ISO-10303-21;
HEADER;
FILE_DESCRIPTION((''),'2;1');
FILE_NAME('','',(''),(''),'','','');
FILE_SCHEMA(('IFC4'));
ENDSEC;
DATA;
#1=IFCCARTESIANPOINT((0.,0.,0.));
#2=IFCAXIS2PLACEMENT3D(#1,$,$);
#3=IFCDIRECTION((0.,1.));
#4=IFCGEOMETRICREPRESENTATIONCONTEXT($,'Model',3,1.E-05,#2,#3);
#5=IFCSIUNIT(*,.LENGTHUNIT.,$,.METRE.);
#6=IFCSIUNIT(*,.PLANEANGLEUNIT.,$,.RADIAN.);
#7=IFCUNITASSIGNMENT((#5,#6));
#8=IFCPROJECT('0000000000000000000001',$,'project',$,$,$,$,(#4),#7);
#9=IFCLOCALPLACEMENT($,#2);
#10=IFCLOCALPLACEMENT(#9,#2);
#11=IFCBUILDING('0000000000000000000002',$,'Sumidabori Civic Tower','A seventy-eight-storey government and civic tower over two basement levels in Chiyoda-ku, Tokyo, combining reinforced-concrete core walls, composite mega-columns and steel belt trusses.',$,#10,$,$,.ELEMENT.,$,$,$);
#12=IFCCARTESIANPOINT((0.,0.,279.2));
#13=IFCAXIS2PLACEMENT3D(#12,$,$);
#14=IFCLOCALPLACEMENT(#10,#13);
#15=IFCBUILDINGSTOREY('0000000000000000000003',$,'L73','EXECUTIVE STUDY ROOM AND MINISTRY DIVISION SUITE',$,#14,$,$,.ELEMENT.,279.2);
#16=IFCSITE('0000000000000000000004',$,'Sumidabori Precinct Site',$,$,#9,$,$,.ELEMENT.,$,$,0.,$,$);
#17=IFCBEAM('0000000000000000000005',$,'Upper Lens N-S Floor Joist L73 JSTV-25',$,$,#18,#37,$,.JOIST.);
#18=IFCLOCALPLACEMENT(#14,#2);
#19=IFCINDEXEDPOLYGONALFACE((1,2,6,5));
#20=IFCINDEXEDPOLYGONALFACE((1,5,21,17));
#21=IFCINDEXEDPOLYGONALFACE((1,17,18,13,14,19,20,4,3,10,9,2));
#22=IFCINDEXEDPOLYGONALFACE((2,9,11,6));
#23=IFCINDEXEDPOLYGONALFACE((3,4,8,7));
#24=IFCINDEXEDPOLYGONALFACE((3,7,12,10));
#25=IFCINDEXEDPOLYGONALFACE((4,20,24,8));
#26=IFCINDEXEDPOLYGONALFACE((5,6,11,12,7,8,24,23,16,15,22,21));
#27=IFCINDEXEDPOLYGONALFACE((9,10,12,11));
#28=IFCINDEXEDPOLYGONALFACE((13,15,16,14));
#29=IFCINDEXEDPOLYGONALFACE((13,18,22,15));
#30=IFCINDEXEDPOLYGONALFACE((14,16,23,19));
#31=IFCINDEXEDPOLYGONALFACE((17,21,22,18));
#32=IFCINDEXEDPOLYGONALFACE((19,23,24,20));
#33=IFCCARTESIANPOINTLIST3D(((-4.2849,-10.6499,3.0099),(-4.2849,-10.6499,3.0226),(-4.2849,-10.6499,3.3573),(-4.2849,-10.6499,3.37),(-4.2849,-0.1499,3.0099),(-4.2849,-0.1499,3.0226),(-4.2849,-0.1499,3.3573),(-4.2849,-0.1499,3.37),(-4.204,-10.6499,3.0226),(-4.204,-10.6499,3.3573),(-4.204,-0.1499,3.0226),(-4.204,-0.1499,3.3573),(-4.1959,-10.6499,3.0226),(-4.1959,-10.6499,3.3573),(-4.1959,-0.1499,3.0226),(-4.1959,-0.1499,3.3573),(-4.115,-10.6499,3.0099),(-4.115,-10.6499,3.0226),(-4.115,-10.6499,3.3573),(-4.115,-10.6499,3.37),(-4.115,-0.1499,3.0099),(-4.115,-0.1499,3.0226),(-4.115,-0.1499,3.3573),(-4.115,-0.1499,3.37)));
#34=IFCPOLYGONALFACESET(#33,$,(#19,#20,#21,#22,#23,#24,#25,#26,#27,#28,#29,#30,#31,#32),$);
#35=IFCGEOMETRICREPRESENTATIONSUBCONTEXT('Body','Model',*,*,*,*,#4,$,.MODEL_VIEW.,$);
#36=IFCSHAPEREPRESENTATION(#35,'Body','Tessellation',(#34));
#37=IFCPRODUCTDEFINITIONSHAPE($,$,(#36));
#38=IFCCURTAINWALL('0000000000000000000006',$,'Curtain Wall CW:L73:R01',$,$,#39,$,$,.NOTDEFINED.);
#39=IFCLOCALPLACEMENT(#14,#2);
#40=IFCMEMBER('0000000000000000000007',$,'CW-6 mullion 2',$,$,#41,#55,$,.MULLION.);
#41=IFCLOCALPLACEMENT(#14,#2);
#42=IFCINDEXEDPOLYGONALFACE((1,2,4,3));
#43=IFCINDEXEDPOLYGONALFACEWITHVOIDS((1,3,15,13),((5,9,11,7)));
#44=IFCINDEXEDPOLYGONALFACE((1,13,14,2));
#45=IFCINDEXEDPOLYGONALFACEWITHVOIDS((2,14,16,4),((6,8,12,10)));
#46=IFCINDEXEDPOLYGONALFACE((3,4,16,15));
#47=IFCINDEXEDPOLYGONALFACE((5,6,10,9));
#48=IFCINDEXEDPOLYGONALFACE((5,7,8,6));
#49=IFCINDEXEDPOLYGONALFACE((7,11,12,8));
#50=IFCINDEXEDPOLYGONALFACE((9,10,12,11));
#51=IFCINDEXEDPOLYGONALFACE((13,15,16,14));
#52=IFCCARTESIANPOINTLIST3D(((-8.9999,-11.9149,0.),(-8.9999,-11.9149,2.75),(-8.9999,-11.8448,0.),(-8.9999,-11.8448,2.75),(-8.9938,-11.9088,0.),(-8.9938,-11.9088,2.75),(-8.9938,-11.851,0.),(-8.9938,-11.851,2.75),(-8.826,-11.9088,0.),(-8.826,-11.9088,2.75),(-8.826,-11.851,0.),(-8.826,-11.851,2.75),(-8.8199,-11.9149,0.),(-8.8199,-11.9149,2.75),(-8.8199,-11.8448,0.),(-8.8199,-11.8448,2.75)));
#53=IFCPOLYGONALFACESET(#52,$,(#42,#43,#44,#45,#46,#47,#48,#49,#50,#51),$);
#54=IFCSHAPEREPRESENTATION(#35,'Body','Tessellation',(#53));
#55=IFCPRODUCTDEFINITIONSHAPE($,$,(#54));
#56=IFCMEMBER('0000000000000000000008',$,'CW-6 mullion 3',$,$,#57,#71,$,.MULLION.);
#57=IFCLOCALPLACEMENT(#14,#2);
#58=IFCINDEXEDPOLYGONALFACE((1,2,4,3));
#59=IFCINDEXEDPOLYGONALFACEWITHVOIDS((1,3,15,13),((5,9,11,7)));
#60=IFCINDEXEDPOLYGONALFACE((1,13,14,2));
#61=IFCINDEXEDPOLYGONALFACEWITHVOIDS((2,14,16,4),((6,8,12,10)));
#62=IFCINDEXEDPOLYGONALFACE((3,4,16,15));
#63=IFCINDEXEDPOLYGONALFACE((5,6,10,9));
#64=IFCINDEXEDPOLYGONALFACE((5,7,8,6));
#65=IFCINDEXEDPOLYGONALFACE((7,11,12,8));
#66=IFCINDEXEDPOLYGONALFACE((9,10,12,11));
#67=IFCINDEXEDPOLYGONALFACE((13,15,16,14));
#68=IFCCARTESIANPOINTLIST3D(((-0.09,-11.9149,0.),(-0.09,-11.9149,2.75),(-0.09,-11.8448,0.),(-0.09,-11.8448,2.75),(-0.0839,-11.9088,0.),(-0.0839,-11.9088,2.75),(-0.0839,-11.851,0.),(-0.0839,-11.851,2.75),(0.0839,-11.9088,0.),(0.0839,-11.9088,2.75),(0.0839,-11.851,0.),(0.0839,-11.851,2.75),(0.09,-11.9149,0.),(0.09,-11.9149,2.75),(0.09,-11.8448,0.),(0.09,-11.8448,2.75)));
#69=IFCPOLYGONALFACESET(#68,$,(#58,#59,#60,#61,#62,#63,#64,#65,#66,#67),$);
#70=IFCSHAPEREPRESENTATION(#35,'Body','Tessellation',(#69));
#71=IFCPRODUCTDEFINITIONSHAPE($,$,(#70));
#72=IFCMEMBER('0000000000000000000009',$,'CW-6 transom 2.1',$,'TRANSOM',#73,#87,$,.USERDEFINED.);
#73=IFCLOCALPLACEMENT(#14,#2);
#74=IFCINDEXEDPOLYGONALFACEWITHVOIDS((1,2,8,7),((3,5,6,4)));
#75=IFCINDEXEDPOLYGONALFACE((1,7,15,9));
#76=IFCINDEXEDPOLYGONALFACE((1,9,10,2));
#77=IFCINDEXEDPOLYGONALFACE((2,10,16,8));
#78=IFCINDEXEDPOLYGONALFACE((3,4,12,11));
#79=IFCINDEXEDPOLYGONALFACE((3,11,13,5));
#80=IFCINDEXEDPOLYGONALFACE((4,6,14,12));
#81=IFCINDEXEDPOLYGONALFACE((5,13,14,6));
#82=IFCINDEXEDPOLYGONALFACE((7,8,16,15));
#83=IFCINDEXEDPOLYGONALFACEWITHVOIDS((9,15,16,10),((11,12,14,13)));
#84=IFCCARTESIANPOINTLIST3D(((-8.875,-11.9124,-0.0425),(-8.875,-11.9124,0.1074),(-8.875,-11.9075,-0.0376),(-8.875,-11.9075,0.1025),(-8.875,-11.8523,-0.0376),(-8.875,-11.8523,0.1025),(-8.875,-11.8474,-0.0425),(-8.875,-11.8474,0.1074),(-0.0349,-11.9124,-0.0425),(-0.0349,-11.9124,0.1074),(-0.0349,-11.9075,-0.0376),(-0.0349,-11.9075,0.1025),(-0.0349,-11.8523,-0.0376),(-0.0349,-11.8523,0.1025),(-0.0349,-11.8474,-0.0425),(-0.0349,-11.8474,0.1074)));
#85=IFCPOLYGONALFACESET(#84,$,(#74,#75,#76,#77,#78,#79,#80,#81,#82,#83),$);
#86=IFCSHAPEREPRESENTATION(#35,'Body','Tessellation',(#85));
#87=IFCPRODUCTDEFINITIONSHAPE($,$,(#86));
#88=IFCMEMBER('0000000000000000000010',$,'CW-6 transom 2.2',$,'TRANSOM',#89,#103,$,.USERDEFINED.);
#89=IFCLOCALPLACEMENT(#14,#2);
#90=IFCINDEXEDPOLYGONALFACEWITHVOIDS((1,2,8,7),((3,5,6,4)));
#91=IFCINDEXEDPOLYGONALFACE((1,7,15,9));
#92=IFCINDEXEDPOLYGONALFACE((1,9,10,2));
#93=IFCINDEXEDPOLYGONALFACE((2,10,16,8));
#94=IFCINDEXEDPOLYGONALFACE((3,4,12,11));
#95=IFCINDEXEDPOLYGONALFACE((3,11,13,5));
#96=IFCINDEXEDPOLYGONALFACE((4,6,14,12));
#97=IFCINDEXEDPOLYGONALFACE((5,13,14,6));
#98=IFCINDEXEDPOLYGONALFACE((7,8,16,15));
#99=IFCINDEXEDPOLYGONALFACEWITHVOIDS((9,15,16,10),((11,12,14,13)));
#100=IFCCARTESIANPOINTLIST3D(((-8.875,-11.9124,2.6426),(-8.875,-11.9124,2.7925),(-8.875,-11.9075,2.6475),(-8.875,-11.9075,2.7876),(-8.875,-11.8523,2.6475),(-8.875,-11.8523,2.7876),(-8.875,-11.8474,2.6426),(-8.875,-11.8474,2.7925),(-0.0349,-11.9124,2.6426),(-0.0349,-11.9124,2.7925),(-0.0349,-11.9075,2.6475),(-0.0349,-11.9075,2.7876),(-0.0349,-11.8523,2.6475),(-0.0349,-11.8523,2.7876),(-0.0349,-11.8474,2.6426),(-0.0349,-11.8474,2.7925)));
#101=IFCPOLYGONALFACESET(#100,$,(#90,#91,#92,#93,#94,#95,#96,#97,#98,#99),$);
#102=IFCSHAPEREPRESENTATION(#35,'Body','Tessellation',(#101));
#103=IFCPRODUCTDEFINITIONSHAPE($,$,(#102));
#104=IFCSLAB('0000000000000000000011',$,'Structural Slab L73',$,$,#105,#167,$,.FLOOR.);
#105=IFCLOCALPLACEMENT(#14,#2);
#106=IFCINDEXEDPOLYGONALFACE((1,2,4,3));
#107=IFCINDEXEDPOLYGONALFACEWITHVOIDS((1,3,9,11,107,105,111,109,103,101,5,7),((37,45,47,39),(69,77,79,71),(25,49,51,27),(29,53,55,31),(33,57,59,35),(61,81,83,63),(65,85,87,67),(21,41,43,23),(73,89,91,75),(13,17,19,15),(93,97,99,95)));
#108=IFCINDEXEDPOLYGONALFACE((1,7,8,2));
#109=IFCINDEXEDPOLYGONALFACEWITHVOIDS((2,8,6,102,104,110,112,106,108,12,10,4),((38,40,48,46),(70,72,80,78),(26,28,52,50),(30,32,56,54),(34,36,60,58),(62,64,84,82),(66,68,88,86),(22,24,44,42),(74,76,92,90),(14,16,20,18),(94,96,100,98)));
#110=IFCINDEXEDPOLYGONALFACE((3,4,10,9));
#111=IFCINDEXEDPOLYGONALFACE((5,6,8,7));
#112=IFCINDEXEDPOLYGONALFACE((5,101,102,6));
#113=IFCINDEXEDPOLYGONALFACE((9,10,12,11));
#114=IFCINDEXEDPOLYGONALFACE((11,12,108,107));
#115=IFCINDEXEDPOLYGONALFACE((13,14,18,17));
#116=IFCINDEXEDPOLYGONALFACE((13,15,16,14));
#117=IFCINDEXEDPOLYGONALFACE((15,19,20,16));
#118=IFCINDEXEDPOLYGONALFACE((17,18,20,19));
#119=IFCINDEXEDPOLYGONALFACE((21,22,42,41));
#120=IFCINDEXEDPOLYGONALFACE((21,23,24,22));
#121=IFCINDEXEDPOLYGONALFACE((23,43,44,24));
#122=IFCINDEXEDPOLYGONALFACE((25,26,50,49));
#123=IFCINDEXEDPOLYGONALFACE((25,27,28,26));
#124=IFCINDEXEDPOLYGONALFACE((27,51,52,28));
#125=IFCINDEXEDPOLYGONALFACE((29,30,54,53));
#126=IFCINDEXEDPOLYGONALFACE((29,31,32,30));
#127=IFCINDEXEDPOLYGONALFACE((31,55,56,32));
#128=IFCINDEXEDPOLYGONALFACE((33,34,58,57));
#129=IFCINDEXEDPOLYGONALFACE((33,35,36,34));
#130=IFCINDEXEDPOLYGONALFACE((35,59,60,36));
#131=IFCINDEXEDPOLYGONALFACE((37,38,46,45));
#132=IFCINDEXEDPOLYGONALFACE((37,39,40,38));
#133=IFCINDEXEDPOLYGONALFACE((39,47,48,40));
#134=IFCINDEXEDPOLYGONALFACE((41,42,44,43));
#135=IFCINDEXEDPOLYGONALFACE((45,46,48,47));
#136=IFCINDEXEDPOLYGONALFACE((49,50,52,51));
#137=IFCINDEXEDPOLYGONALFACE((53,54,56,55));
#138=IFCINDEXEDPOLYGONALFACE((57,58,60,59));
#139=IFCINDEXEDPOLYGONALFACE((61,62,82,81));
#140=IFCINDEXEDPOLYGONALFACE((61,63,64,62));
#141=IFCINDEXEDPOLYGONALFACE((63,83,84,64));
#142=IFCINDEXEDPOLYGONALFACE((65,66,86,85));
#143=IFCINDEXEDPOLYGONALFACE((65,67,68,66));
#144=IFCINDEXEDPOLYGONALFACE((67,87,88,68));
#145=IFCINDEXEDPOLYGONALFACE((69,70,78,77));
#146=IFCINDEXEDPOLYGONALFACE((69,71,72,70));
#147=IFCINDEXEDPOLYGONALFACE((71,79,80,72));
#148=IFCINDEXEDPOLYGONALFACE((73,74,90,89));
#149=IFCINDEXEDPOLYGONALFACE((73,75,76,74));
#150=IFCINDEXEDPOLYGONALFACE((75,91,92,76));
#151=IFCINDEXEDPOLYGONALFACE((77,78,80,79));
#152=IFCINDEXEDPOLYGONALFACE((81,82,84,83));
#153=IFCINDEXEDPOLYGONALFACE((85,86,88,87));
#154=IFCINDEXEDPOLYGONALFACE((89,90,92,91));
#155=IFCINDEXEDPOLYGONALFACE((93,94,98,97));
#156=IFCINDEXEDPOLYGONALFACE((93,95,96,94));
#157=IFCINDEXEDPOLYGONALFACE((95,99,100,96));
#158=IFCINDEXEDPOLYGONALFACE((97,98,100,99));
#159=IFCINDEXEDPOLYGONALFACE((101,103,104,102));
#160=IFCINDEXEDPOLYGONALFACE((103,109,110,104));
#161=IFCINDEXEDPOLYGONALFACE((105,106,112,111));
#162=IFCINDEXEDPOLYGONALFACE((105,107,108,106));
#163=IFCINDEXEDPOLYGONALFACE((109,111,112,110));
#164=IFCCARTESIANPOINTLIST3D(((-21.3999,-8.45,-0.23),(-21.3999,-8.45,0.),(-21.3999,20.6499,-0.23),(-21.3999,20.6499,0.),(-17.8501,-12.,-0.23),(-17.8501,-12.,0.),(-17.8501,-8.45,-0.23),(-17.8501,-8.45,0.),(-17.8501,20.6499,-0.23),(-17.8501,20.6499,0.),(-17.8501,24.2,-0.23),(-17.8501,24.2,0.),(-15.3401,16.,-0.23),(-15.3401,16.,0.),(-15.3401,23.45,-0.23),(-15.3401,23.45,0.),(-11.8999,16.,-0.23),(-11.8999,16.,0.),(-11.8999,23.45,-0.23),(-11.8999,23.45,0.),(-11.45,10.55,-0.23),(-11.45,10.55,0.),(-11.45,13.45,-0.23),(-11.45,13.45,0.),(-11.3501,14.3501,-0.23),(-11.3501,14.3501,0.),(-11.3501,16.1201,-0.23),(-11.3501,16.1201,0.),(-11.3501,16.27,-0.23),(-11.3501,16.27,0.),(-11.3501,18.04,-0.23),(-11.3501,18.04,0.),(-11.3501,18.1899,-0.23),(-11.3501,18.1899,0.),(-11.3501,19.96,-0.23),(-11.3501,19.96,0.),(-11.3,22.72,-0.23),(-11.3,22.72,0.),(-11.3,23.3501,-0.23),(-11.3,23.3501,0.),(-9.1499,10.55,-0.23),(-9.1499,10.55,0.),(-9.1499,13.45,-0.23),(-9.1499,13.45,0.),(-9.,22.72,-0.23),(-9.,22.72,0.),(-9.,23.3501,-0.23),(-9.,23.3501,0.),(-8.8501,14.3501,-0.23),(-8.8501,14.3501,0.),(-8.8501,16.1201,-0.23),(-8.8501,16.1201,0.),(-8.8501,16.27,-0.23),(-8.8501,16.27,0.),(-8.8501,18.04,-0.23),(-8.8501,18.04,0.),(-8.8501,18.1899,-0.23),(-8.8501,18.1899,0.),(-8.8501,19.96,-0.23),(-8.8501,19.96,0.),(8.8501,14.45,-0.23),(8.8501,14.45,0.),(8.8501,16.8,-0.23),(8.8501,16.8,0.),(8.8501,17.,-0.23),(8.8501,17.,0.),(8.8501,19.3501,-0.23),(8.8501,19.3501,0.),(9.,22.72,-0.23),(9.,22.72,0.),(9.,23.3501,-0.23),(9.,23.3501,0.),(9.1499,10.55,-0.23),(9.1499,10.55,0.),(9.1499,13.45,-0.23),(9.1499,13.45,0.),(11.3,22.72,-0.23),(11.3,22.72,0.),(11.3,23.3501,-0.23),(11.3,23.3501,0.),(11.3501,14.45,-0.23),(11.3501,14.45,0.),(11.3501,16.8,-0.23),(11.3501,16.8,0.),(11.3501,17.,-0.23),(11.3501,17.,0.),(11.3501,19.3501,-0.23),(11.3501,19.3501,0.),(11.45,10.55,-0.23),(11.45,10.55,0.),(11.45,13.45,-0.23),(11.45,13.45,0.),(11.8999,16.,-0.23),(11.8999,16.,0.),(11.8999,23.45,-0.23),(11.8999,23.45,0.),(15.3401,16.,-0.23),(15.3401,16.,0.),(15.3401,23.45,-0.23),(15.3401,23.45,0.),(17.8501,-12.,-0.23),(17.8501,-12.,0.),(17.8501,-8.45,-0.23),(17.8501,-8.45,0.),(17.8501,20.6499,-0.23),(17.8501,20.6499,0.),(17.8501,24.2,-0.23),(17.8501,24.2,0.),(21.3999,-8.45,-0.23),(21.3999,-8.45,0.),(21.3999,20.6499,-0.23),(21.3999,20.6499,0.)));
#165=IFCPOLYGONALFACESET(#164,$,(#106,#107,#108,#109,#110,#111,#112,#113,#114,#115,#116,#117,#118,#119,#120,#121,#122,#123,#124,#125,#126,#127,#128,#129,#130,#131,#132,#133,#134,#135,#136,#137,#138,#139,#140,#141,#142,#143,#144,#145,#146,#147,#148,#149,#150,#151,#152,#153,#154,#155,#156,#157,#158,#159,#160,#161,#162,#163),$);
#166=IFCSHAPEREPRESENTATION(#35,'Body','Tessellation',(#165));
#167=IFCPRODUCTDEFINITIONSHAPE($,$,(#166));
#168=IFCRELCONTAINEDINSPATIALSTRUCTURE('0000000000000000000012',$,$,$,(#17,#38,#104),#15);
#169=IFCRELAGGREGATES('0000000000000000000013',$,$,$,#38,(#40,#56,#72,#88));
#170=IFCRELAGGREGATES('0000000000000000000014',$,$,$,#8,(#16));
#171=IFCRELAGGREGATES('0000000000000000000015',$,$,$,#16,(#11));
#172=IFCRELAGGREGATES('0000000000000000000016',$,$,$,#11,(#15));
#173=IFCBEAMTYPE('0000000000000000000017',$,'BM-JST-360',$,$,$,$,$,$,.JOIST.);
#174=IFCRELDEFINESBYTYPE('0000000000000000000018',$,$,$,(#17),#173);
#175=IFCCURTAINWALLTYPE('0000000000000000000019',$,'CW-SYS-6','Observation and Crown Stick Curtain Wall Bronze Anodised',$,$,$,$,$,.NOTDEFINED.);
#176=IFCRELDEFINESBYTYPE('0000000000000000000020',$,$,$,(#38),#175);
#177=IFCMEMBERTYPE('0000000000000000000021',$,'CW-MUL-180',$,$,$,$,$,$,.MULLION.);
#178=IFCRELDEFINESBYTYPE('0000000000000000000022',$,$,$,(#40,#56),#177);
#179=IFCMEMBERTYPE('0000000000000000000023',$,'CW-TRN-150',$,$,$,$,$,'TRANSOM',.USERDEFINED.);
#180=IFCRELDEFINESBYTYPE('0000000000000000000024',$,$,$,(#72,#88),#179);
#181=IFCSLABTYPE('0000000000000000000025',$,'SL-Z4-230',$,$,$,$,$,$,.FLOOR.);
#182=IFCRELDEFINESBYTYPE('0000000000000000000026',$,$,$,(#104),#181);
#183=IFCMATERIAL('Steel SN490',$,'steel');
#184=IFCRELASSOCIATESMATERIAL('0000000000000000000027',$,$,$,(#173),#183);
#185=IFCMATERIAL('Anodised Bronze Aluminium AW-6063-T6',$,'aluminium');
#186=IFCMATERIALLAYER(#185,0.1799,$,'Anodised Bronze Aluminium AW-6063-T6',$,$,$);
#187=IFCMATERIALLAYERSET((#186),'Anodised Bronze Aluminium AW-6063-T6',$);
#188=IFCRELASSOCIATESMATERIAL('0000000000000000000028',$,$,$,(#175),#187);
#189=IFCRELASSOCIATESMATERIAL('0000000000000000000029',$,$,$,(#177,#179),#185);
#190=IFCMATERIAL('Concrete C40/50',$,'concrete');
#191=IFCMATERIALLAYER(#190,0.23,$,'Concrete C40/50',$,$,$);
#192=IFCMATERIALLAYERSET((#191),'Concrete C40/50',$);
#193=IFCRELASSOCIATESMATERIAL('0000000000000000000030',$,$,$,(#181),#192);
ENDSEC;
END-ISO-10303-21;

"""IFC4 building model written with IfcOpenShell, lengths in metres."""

from ifc_helpers import new_model, si_unit, direction, frame, origin, origin_2d, place, context, subcontext, project, spatial, polyline, hollow_rectangle, i_section, outline, extrude, source, transform, mapped, material, layer, layer_set, material_profile, profile_set, type_object, element, aggregate, save


model = new_model("IFC4")

# Units and contexts
model_context = context("Model", 3, precision=1e-05, world=origin(), true_north=direction((0.0, 1.0)))
body_context = subcontext(model_context, "Body", "Model", "MODEL_VIEW")
ifc_project = project(units=[si_unit("LENGTHUNIT", "METRE"), si_unit("PLANEANGLEUNIT", "RADIAN")], contexts=[model_context])

# Site, building, storey
site_placement = place(None, origin())
site = spatial("IfcSite", under=ifc_project, at=site_placement, Name="Sumidabori Precinct Site", CompositionType="ELEMENT", RefElevation=0.0)
building_placement = place(site_placement, origin())
building = spatial("IfcBuilding", under=site, at=building_placement, Name="Sumidabori Civic Tower", Description="A seventy-eight-storey government and civic tower over two basement levels in Chiyoda-ku, Tokyo, combining reinforced-concrete core walls, composite mega-columns and steel belt trusses.", CompositionType="ELEMENT")
storey_placement = place(building_placement, frame((0.0, 0.0, 279.2)))
storey = spatial("IfcBuildingStorey", under=building, at=storey_placement, Name="L73", Description="EXECUTIVE STUDY ROOM AND MINISTRY DIVISION SUITE", CompositionType="ELEMENT", Elevation=279.2)

# Shared definitions
ifc_material_1 = material(Name="Steel SN490", Category="steel")

# Beam
ifc_material_profile_1 = material_profile(ifc_material_1, i_section(OverallWidth=0.1699, OverallDepth=0.3601, WebThickness=0.0081, FlangeThickness=0.0127, at=origin_2d()), Name="IPE 360")
ifc_profile_set_1 = profile_set([ifc_material_profile_1], Name="Steel SN490")
beam_type_1 = type_object("IfcBeamType", Name="BM-JST-360", PredefinedType="JOIST", material=ifc_profile_set_1)
shared_shape_1 = source(origin(), body_context, "Body", "SweptSolid", [
    extrude(i_section(OverallWidth=0.1699, OverallDepth=0.3601, WebThickness=0.0081, FlangeThickness=0.0127, at=origin_2d()), origin(), (0.0, 0.0, 1.0), 10.5),
])
for number, where, z_axis, x_axis, name in (
    (1, (-4.2, -10.6499, 3.1899), (0.0, 1.0, 0.0), (-1.0, 0.0, 0.0), "Upper Lens N-S Floor Joist L73 JSTV-25"),
):
    element("IfcBeam", number, at=place(storey_placement, frame(where, z_axis=z_axis, x_axis=x_axis)), inside=storey, type_object=beam_type_1, Name=name, PredefinedType="JOIST", context=body_context, shape_type="MappedRepresentation", body=[
        mapped(shared_shape_1, transform((0.0, 0.0, 0.0), x_axis=(1.0, 0.0, 0.0), y_axis=(0.0, 1.0, 0.0), z_axis=(0.0, 0.0, 1.0), scale=1.0)),
    ])

# Curtain wall, members
ifc_material_2 = material(Name="Anodised Bronze Aluminium AW-6063-T6", Category="aluminium")
ifc_layer_1 = layer(ifc_material_2, 0.1799, Name="Anodised Bronze Aluminium AW-6063-T6")
ifc_layer_set_1 = layer_set([ifc_layer_1], Name="Anodised Bronze Aluminium AW-6063-T6")
curtain_wall_type = type_object("IfcCurtainWallType", Name="CW-SYS-6", Description="Observation and Crown Stick Curtain Wall Bronze Anodised", PredefinedType="NOTDEFINED", material=ifc_layer_set_1)
curtain_wall_placement = place(storey_placement, origin())
curtain_wall = element("IfcCurtainWall", 2, at=curtain_wall_placement, inside=storey, type_object=curtain_wall_type, Name="Curtain Wall CW:L73:R01", PredefinedType="NOTDEFINED")
ifc_material_profile_2 = material_profile(ifc_material_2, hollow_rectangle(XDim=0.0701, YDim=0.1799, WallThickness=0.0061, at=origin_2d()), Name="ALU MULLION 180x70")
ifc_profile_set_2 = profile_set([ifc_material_profile_2], Name="Anodised Bronze Aluminium AW-6063-T6")
member_type_1 = type_object("IfcMemberType", Name="CW-MUL-180", PredefinedType="MULLION", material=ifc_profile_set_2)
shared_shape_2 = source(origin(), body_context, "Body", "SweptSolid", [
    extrude(hollow_rectangle(XDim=0.0701, YDim=0.1799, WallThickness=0.0061, at=origin_2d()), origin(), (0.0, 0.0, 1.0), 2.75),
])
member_1_placement = place(storey_placement, frame((-8.9099, -11.8799, 0.0), z_axis=(0.0, 0.0, 1.0), x_axis=(0.0, 1.0, 0.0)))
member_1 = element("IfcMember", 3, at=member_1_placement, type_object=member_type_1, Name="CW-6 mullion 2", PredefinedType="MULLION", context=body_context, shape_type="MappedRepresentation", body=[
    mapped(shared_shape_2, transform((0.0, 0.0, 0.0), x_axis=(1.0, 0.0, 0.0), y_axis=(0.0, 1.0, 0.0), z_axis=(0.0, 0.0, 1.0), scale=1.0)),
])
member_2_placement = place(storey_placement, frame((0.0, -11.8799, 0.0), z_axis=(0.0, 0.0, 1.0), x_axis=(0.0, 1.0, 0.0)))
member_2 = element("IfcMember", 4, at=member_2_placement, type_object=member_type_1, Name="CW-6 mullion 3", PredefinedType="MULLION", context=body_context, shape_type="MappedRepresentation", body=[
    mapped(shared_shape_2, transform((0.0, 0.0, 0.0), x_axis=(1.0, 0.0, 0.0), y_axis=(0.0, 1.0, 0.0), z_axis=(0.0, 0.0, 1.0), scale=1.0)),
])
ifc_material_profile_3 = material_profile(ifc_material_2, hollow_rectangle(XDim=0.0649, YDim=0.1499, WallThickness=0.0049, at=origin_2d()), Name="ALU TRANSOM 150x65")
ifc_profile_set_3 = profile_set([ifc_material_profile_3], Name="Anodised Bronze Aluminium AW-6063-T6")
member_type_2 = type_object("IfcMemberType", Name="CW-TRN-150", ElementType="TRANSOM", PredefinedType="USERDEFINED", material=ifc_profile_set_3)
shared_shape_3 = source(origin(), body_context, "Body", "SweptSolid", [
    extrude(hollow_rectangle(XDim=0.0649, YDim=0.1499, WallThickness=0.0049, at=origin_2d()), origin(), (0.0, 0.0, 1.0), 8.8401),
])
member_3_placement = place(storey_placement, frame((-8.875, -11.8799, 0.0325), z_axis=(1.0, 0.0, 0.0), x_axis=(0.0, 1.0, 0.0)))
member_3 = element("IfcMember", 5, at=member_3_placement, type_object=member_type_2, Name="CW-6 transom 2.1", ObjectType="TRANSOM", PredefinedType="USERDEFINED", context=body_context, shape_type="MappedRepresentation", body=[
    mapped(shared_shape_3, transform((0.0, 0.0, 0.0), x_axis=(1.0, 0.0, 0.0), y_axis=(0.0, 1.0, 0.0), z_axis=(0.0, 0.0, 1.0), scale=1.0)),
])
member_4_placement = place(storey_placement, frame((-8.875, -11.8799, 2.7175), z_axis=(1.0, 0.0, 0.0), x_axis=(0.0, 1.0, 0.0)))
member_4 = element("IfcMember", 6, at=member_4_placement, type_object=member_type_2, Name="CW-6 transom 2.2", ObjectType="TRANSOM", PredefinedType="USERDEFINED", context=body_context, shape_type="MappedRepresentation", body=[
    mapped(shared_shape_3, transform((0.0, 0.0, 0.0), x_axis=(1.0, 0.0, 0.0), y_axis=(0.0, 1.0, 0.0), z_axis=(0.0, 0.0, 1.0), scale=1.0)),
])

# Slab
ifc_material_3 = material(Name="Concrete C40/50", Category="concrete")
ifc_layer_2 = layer(ifc_material_3, 0.23, Name="Concrete C40/50")
ifc_layer_set_2 = layer_set([ifc_layer_2], Name="Concrete C40/50")
slab_type = type_object("IfcSlabType", Name="SL-Z4-230", PredefinedType="FLOOR", material=ifc_layer_set_2)
slab_placement = place(storey_placement, frame((0.0, 0.0, -0.23)))
element("IfcSlab", 7, at=slab_placement, inside=storey, type_object=slab_type, Name="Structural Slab L73", PredefinedType="FLOOR", context=body_context, shape_type="SweptSolid", body=[
    extrude(outline(polyline([(-17.8501, -12.0), (17.8501, -12.0), (17.8501, -8.45), (21.3999, -8.45), (21.3999, 20.6499), (17.8501, 20.6499), (17.8501, 24.2), (-17.8501, 24.2), (-17.8501, 20.6499), (-21.3999, 20.6499), (-21.3999, -8.45), (-17.8501, -8.45), (-17.8501, -12.0)]), holes=[polyline([(-11.8999, 16.0), (-11.8999, 23.45), (-15.3401, 23.45), (-15.3401, 16.0), (-11.8999, 16.0)]), polyline([(15.3401, 16.0), (15.3401, 23.45), (11.8999, 23.45), (11.8999, 16.0), (15.3401, 16.0)]), polyline([(-11.45, 10.55), (-9.1499, 10.55), (-9.1499, 13.45), (-11.45, 13.45), (-11.45, 10.55)]), polyline([(9.1499, 10.55), (11.45, 10.55), (11.45, 13.45), (9.1499, 13.45), (9.1499, 10.55)]), polyline([(-11.3501, 14.3501), (-8.8501, 14.3501), (-8.8501, 16.1201), (-11.3501, 16.1201), (-11.3501, 14.3501)]), polyline([(-11.3501, 16.27), (-8.8501, 16.27), (-8.8501, 18.04), (-11.3501, 18.04), (-11.3501, 16.27)]), polyline([(-11.3501, 18.1899), (-8.8501, 18.1899), (-8.8501, 19.96), (-11.3501, 19.96), (-11.3501, 18.1899)]), polyline([(8.8501, 14.45), (11.3501, 14.45), (11.3501, 16.8), (8.8501, 16.8), (8.8501, 14.45)]), polyline([(8.8501, 17.0), (11.3501, 17.0), (11.3501, 19.3501), (8.8501, 19.3501), (8.8501, 17.0)]), polyline([(-11.3, 22.72), (-9.0, 22.72), (-9.0, 23.3501), (-11.3, 23.3501), (-11.3, 22.72)]), polyline([(9.0, 22.72), (11.3, 22.72), (11.3, 23.3501), (9.0, 23.3501), (9.0, 22.72)])]), origin(), (0.0, 0.0, 1.0), 0.23),
])

aggregate(curtain_wall, [member_1, member_2, member_3, member_4])

save(model, "model.ifc")
